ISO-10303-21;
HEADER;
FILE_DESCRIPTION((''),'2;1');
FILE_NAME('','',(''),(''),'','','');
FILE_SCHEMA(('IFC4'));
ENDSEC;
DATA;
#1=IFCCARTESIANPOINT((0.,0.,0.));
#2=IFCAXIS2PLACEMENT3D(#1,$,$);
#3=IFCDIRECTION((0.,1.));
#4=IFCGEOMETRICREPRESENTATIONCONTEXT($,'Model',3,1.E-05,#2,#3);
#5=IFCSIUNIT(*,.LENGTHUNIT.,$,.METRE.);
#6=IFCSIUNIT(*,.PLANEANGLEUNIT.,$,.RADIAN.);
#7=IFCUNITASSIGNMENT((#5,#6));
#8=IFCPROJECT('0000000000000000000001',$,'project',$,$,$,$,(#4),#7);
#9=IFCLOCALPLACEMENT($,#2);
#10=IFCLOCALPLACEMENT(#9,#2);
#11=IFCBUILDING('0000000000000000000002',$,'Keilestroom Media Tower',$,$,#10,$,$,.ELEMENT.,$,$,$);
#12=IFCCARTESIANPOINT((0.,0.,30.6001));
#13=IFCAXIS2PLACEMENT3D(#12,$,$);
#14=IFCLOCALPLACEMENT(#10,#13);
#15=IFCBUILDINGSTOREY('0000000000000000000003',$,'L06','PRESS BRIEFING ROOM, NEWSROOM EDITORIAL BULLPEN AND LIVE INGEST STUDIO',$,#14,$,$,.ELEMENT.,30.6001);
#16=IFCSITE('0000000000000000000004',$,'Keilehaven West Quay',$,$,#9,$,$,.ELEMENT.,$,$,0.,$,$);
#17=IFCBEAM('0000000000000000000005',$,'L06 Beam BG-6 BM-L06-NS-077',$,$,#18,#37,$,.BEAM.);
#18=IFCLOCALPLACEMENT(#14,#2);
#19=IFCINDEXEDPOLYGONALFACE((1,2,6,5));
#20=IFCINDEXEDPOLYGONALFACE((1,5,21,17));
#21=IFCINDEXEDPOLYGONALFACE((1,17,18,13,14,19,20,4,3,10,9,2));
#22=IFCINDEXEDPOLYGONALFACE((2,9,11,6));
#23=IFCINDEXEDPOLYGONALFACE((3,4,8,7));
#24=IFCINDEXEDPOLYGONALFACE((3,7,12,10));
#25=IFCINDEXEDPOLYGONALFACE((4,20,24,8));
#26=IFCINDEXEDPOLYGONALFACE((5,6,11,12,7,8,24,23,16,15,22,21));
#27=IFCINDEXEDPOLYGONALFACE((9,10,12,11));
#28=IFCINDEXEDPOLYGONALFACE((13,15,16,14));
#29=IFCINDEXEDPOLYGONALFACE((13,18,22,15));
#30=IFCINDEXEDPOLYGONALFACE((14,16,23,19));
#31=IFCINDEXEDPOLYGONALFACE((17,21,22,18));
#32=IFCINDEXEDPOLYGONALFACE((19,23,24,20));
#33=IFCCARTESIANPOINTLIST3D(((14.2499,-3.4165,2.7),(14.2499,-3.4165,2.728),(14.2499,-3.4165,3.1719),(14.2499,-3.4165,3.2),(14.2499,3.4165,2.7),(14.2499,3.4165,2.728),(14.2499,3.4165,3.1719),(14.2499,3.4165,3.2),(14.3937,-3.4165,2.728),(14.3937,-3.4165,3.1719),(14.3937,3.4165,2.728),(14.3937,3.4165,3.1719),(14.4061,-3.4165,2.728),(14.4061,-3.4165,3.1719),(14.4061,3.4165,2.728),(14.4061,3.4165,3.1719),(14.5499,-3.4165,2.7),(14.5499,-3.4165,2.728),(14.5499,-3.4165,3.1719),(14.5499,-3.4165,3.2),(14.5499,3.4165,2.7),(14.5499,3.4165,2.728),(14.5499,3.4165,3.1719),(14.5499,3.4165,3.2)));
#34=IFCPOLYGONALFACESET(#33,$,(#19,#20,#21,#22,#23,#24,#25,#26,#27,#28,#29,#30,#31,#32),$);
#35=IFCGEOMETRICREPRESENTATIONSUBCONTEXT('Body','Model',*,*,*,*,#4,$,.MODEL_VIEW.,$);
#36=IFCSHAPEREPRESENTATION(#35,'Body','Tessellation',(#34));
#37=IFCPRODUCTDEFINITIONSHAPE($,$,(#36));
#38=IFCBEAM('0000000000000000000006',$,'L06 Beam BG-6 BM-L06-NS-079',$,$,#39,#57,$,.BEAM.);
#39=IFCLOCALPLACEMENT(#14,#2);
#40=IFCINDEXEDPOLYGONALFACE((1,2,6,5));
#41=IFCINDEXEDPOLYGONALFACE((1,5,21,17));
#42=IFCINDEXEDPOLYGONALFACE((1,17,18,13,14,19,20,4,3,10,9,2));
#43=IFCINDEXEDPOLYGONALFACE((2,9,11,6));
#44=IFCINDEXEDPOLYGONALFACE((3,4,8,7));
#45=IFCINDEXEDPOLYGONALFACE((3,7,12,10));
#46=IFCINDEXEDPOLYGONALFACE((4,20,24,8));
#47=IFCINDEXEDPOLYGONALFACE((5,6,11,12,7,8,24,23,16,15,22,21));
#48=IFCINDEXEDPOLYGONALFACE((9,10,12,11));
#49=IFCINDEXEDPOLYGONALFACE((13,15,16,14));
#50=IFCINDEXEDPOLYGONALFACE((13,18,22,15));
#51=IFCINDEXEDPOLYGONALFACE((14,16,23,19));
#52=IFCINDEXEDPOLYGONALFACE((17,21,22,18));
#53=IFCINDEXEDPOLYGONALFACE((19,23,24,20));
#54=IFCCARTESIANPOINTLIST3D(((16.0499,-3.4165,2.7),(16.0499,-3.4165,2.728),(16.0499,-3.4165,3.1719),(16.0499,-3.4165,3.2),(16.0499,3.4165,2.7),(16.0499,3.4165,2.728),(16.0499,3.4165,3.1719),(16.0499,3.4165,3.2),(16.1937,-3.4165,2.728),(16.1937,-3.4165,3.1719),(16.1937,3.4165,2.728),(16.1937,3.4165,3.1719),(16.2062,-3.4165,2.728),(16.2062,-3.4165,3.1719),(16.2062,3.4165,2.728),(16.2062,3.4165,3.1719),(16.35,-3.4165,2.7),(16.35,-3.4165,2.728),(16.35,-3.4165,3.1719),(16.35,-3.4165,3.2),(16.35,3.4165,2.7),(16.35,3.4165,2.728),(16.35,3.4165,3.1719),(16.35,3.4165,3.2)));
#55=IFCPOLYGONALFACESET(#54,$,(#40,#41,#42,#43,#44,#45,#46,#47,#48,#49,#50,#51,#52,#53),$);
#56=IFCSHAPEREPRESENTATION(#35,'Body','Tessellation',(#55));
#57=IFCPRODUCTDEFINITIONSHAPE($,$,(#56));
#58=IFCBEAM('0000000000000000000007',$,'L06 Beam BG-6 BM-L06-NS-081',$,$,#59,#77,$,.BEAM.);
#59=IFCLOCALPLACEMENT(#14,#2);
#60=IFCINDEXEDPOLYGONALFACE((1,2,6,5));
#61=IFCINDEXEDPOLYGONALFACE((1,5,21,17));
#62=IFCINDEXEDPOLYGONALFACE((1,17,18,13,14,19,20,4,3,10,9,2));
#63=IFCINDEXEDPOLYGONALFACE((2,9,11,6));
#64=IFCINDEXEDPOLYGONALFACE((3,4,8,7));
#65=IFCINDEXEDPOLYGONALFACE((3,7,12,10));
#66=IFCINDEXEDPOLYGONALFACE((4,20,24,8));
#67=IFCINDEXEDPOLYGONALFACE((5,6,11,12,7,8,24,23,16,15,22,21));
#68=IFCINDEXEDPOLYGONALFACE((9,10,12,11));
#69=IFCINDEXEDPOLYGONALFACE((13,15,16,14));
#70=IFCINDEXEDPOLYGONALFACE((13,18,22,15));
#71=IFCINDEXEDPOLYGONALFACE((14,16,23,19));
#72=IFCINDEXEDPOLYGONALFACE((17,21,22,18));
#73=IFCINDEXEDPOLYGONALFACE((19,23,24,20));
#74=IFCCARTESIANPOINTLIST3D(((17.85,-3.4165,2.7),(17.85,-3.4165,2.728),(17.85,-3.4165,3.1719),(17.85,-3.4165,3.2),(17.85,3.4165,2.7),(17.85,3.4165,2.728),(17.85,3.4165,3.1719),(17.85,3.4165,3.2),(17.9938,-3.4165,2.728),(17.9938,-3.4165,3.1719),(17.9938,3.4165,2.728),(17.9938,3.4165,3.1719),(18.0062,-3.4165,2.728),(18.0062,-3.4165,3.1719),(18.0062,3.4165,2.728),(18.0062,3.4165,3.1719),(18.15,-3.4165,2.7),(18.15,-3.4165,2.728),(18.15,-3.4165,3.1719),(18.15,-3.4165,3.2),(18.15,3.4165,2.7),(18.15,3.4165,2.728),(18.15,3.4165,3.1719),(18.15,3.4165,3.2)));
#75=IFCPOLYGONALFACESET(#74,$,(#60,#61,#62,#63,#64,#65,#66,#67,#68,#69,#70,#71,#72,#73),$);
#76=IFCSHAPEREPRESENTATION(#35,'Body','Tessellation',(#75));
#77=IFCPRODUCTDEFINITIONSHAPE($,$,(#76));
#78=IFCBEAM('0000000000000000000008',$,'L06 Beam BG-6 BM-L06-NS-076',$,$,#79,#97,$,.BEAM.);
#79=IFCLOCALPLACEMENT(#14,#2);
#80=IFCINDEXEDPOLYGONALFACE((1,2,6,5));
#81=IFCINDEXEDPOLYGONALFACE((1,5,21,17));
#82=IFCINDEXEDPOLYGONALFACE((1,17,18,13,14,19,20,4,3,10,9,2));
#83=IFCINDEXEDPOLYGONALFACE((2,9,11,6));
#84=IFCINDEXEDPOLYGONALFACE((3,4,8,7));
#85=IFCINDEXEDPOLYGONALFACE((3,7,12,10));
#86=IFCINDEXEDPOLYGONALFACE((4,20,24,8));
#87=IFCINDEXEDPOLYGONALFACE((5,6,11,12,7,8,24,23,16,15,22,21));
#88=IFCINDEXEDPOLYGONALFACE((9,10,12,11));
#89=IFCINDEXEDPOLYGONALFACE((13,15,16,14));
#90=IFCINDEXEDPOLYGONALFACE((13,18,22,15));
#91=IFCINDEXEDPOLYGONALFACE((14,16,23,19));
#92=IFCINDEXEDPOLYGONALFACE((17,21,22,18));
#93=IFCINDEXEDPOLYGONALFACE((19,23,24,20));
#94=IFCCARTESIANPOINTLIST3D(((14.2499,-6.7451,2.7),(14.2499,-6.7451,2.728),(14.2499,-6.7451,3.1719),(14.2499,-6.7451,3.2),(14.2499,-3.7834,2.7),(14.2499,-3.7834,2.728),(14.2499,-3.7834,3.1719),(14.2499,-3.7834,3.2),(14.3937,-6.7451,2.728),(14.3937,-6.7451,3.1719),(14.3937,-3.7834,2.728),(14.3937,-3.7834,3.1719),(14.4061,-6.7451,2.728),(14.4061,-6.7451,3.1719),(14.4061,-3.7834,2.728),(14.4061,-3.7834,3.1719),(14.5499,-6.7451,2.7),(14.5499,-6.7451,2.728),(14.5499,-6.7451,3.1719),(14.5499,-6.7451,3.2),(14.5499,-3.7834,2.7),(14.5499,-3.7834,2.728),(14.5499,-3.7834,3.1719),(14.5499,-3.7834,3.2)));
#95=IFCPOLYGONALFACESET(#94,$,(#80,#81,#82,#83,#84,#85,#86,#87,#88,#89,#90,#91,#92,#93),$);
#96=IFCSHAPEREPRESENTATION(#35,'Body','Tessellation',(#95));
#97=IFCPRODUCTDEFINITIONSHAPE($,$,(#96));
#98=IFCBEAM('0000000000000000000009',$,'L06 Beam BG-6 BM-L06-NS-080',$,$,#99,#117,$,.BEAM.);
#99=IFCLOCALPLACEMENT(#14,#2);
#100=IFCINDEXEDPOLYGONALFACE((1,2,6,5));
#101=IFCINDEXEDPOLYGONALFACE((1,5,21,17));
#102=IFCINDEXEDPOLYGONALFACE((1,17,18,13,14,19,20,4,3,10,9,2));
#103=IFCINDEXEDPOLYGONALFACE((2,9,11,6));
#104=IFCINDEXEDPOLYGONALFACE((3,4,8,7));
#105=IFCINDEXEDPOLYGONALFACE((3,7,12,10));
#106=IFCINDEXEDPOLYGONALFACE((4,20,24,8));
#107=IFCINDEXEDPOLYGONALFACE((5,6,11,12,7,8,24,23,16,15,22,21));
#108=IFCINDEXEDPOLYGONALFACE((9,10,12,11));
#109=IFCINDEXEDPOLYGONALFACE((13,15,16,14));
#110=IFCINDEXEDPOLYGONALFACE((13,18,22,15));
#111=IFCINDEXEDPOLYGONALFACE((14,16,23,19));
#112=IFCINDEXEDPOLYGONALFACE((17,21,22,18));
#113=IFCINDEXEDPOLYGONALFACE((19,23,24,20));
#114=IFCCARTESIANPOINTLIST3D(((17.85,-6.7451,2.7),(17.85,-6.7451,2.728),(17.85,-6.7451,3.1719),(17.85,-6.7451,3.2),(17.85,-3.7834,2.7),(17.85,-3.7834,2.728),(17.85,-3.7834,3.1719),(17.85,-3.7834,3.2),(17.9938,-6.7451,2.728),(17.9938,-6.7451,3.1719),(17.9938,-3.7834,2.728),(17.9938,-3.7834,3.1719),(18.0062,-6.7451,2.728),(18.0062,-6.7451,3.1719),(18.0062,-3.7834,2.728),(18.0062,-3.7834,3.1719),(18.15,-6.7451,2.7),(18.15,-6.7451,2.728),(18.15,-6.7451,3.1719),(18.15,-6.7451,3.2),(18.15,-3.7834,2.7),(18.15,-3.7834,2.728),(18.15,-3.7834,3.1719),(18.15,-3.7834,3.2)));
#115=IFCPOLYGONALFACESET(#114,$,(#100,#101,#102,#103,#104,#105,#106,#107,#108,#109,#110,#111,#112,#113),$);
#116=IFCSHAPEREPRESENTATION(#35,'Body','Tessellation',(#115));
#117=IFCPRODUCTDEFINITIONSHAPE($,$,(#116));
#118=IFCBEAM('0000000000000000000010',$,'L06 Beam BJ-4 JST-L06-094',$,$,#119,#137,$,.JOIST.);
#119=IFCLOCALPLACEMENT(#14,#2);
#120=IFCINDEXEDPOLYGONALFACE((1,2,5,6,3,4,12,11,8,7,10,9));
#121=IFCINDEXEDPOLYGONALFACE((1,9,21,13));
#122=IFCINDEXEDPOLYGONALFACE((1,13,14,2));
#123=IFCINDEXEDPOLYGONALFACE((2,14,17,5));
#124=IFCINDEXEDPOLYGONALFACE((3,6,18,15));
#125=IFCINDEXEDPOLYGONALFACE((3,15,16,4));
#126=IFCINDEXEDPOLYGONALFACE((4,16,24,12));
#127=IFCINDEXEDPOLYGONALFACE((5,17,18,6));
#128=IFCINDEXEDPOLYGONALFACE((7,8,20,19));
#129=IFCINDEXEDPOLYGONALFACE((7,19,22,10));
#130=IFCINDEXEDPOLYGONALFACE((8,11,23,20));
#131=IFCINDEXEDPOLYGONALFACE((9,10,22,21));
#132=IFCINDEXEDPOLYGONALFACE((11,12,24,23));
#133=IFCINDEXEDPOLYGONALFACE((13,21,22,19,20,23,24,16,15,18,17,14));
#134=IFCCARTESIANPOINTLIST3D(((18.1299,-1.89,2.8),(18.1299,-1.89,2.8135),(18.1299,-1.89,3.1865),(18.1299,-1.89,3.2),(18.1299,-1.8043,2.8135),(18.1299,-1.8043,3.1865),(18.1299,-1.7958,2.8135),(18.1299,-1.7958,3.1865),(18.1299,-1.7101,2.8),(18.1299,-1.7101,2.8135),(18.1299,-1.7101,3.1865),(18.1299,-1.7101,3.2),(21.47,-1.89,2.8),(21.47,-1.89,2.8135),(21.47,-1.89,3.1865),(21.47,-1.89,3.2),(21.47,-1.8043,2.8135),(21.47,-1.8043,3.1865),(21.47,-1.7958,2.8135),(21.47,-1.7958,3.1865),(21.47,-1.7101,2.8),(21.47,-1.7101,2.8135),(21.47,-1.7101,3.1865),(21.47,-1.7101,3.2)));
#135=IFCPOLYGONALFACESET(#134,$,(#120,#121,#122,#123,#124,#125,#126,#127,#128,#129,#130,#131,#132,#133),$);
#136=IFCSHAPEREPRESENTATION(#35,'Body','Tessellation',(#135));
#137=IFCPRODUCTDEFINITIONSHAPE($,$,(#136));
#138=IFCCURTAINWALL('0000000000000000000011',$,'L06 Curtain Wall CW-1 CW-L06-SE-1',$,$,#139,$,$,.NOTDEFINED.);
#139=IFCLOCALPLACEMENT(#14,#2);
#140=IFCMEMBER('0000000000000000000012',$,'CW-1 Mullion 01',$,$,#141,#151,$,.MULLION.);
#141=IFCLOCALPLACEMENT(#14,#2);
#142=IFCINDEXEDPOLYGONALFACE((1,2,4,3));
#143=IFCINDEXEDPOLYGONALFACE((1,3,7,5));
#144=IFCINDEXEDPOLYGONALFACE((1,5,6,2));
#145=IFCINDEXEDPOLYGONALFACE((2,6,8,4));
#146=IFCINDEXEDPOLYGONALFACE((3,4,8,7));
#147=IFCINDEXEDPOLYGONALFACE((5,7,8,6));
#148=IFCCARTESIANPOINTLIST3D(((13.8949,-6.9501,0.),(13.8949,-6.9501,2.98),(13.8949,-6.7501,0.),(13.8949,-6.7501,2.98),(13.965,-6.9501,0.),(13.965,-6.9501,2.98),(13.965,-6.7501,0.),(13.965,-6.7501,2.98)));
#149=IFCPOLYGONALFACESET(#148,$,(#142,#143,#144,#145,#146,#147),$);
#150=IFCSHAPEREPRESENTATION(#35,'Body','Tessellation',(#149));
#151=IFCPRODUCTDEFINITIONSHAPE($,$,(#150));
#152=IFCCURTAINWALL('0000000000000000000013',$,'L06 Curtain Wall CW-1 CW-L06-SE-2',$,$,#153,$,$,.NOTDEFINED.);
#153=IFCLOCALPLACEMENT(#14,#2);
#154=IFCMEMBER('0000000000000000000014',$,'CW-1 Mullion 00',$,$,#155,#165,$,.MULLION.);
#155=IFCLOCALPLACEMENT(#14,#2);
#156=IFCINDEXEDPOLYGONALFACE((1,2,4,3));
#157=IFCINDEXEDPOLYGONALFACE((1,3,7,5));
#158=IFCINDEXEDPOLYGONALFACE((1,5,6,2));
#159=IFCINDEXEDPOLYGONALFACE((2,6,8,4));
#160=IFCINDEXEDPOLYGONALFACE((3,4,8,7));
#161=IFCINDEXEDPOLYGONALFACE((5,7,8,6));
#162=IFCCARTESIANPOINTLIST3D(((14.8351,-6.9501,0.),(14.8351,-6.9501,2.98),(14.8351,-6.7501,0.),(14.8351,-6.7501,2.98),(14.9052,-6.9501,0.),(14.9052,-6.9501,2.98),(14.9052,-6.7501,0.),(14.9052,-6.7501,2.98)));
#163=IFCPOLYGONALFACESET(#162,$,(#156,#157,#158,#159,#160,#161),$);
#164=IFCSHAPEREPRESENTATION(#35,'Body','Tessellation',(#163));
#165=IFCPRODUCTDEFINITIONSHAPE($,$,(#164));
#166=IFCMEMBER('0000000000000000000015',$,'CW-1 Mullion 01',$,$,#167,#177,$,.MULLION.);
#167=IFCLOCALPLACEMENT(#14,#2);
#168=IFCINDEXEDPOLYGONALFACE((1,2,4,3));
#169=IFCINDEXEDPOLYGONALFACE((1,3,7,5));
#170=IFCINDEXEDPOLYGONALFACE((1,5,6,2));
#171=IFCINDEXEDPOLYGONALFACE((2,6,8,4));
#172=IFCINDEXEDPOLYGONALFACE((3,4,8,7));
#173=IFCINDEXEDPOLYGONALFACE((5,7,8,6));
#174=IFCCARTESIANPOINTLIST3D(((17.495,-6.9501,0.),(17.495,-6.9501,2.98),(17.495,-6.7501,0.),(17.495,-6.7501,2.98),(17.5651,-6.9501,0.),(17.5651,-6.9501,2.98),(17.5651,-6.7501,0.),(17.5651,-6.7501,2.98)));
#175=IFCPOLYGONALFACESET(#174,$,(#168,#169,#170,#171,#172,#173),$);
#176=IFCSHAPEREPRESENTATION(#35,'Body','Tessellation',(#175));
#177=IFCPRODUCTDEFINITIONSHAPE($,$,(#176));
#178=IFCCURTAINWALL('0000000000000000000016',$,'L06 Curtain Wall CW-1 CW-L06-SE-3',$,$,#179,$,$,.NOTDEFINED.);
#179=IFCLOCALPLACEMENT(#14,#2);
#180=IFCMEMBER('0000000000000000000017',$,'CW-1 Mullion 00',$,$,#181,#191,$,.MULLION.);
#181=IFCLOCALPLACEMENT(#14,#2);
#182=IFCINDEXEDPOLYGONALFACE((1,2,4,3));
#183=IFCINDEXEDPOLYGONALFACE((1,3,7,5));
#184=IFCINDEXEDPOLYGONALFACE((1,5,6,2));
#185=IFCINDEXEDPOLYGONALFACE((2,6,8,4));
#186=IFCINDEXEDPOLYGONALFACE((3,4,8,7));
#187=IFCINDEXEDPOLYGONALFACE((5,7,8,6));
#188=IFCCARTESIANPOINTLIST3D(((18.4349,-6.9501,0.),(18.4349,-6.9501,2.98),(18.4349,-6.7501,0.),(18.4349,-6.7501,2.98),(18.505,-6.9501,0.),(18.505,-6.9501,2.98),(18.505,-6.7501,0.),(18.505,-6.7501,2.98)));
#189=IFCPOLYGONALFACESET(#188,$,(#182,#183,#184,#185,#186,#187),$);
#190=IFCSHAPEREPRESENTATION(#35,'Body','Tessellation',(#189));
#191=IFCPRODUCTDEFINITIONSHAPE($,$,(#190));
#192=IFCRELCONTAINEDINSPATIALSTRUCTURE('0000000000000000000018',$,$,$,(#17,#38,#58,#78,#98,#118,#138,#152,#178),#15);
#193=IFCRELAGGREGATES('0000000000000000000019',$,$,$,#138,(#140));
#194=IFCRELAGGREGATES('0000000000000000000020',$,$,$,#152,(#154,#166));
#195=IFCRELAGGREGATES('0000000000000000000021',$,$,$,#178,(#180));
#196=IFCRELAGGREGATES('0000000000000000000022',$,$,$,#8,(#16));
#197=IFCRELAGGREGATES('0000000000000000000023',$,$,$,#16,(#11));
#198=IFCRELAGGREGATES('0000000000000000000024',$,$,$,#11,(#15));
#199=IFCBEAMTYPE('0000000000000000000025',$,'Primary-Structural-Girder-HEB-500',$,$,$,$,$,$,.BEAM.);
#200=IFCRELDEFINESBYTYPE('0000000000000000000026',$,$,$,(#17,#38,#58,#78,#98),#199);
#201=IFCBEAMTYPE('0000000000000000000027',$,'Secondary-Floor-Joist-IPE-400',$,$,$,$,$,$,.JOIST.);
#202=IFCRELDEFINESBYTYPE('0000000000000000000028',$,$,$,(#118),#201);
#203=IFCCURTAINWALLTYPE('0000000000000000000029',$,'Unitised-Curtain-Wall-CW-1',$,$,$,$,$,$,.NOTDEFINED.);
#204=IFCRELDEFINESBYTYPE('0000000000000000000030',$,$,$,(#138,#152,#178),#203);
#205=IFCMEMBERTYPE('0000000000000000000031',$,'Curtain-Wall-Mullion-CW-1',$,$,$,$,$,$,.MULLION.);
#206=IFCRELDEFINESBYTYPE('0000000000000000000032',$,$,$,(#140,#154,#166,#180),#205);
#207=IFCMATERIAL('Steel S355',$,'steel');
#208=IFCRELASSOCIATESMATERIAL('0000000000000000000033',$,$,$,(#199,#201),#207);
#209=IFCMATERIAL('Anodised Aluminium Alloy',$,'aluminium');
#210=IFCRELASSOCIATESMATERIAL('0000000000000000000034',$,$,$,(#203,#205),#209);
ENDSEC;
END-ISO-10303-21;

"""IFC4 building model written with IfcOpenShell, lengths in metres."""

from ifc_helpers import new_model, si_unit, direction, frame, origin, origin_2d, place, context, subcontext, project, spatial, rectangle, i_section, extrude, source, transform, mapped, material, material_profile, profile_set, type_object, element, aggregate, save


model = new_model("IFC4")

# Units and contexts
model_context = context("Model", 3, precision=1e-05, world=origin(), true_north=direction((0.0, 1.0)))
body_context = subcontext(model_context, "Body", "Model", "MODEL_VIEW")
ifc_project = project(units=[si_unit("LENGTHUNIT", "METRE"), si_unit("PLANEANGLEUNIT", "RADIAN")], contexts=[model_context])

# Site, building, storey
site_placement = place(None, origin())
site = spatial("IfcSite", under=ifc_project, at=site_placement, Name="Keilehaven West Quay", CompositionType="ELEMENT", RefElevation=0.0)
building_placement = place(site_placement, origin())
building = spatial("IfcBuilding", under=site, at=building_placement, Name="Keilestroom Media Tower", CompositionType="ELEMENT")
storey_placement = place(building_placement, frame((0.0, 0.0, 30.6001)))
storey = spatial("IfcBuildingStorey", under=building, at=storey_placement, Name="L06", Description="PRESS BRIEFING ROOM, NEWSROOM EDITORIAL BULLPEN AND LIVE INGEST STUDIO", CompositionType="ELEMENT", Elevation=30.6001)

# Beams
ifc_material_1 = material(Name="Steel S355", Category="steel")
ifc_material_profile_1 = material_profile(ifc_material_1, i_section(OverallWidth=0.3, OverallDepth=0.5, WebThickness=0.0125, FlangeThickness=0.0281, at=origin_2d()), Name="HEB 500")
ifc_profile_set_1 = profile_set([ifc_material_profile_1], Name="Steel S355")
beam_type_1 = type_object("IfcBeamType", Name="Primary-Structural-Girder-HEB-500", PredefinedType="BEAM", material=ifc_profile_set_1)
shared_shape_1 = source(origin(), body_context, "Body", "SweptSolid", [
    extrude(i_section(OverallWidth=0.3, OverallDepth=0.5, WebThickness=0.0125, FlangeThickness=0.0281, at=origin_2d()), origin(), (0.0, 0.0, 1.0), 6.833),
])
for number, where, z_axis, x_axis, name in (
    (1, (14.3999, -3.4165, 2.95), (0.0, 1.0, 0.0), (-1.0, 0.0, 0.0), "L06 Beam BG-6 BM-L06-NS-077"),
    (2, (16.2, -3.4165, 2.95), (0.0, 1.0, 0.0), (-1.0, 0.0, 0.0), "L06 Beam BG-6 BM-L06-NS-079"),
    (3, (18.0, -3.4165, 2.95), (0.0, 1.0, 0.0), (-1.0, 0.0, 0.0), "L06 Beam BG-6 BM-L06-NS-081"),
):
    element("IfcBeam", number, at=place(storey_placement, frame(where, z_axis=z_axis, x_axis=x_axis)), inside=storey, type_object=beam_type_1, Name=name, PredefinedType="BEAM", context=body_context, shape_type="MappedRepresentation", body=[
        mapped(shared_shape_1, transform((0.0, 0.0, 0.0), x_axis=(1.0, 0.0, 0.0), y_axis=(0.0, 1.0, 0.0), z_axis=(0.0, 0.0, 1.0), scale=1.0)),
    ])
shared_shape_2 = source(origin(), body_context, "Body", "SweptSolid", [
    extrude(i_section(OverallWidth=0.3, OverallDepth=0.5, WebThickness=0.0125, FlangeThickness=0.0281, at=origin_2d()), origin(), (0.0, 0.0, 1.0), 2.9617),
])
for number, where, z_axis, x_axis, name in (
    (4, (14.3999, -6.7451, 2.95), (0.0, 1.0, 0.0), (-1.0, 0.0, 0.0), "L06 Beam BG-6 BM-L06-NS-076"),
    (5, (18.0, -6.7451, 2.95), (0.0, 1.0, 0.0), (-1.0, 0.0, 0.0), "L06 Beam BG-6 BM-L06-NS-080"),
):
    element("IfcBeam", number, at=place(storey_placement, frame(where, z_axis=z_axis, x_axis=x_axis)), inside=storey, type_object=beam_type_1, Name=name, PredefinedType="BEAM", context=body_context, shape_type="MappedRepresentation", body=[
        mapped(shared_shape_2, transform((0.0, 0.0, 0.0), x_axis=(1.0, 0.0, 0.0), y_axis=(0.0, 1.0, 0.0), z_axis=(0.0, 0.0, 1.0), scale=1.0)),
    ])
ifc_material_profile_2 = material_profile(ifc_material_1, i_section(OverallWidth=0.1799, OverallDepth=0.3999, WebThickness=0.0085, FlangeThickness=0.0134, at=origin_2d()), Name="IPE 400")
ifc_profile_set_2 = profile_set([ifc_material_profile_2], Name="Steel S355")
beam_type_2 = type_object("IfcBeamType", Name="Secondary-Floor-Joist-IPE-400", PredefinedType="JOIST", material=ifc_profile_set_2)
shared_shape_3 = source(origin(), body_context, "Body", "SweptSolid", [
    extrude(i_section(OverallWidth=0.1799, OverallDepth=0.3999, WebThickness=0.0085, FlangeThickness=0.0134, at=origin_2d()), origin(), (0.0, 0.0, 1.0), 3.3401),
])
beam_1_placement = place(storey_placement, frame((18.1299, -1.8, 3.0), z_axis=(1.0, 0.0, 0.0), x_axis=(0.0, 1.0, 0.0)))
element("IfcBeam", 6, at=beam_1_placement, inside=storey, type_object=beam_type_2, Name="L06 Beam BJ-4 JST-L06-094", PredefinedType="JOIST", context=body_context, shape_type="MappedRepresentation", body=[
    mapped(shared_shape_3, transform((0.0, 0.0, 0.0), x_axis=(1.0, 0.0, 0.0), y_axis=(0.0, 1.0, 0.0), z_axis=(0.0, 0.0, 1.0), scale=1.0)),
])

# Curtain wall, member
ifc_material_2 = material(Name="Anodised Aluminium Alloy", Category="aluminium")
curtain_wall_type = type_object("IfcCurtainWallType", Name="Unitised-Curtain-Wall-CW-1", PredefinedType="NOTDEFINED", material=ifc_material_2)
curtain_wall_1_placement = place(storey_placement, origin())
curtain_wall_1 = element("IfcCurtainWall", 7, at=curtain_wall_1_placement, inside=storey, type_object=curtain_wall_type, Name="L06 Curtain Wall CW-1 CW-L06-SE-1", PredefinedType="NOTDEFINED")
ifc_material_profile_3 = material_profile(ifc_material_2, rectangle(XDim=0.0701, YDim=0.2, at=origin_2d()), Name="ALU MULLION 70x200")
ifc_profile_set_3 = profile_set([ifc_material_profile_3], Name="Anodised Aluminium Alloy")
member_type_1 = type_object("IfcMemberType", Name="Curtain-Wall-Mullion-CW-1", PredefinedType="MULLION", material=ifc_profile_set_3)
shared_shape_4 = source(origin(), body_context, "Body", "SweptSolid", [
    extrude(rectangle(XDim=0.0701, YDim=0.2, at=origin_2d()), origin(), (0.0, 0.0, 1.0), 2.98),
])
member_1_placement = place(storey_placement, frame((13.9299, -6.8501, 0.0), z_axis=(0.0, 0.0, 1.0), x_axis=(1.0, 0.0, 0.0)))
member_1 = element("IfcMember", 8, at=member_1_placement, type_object=member_type_1, Name="CW-1 Mullion 01", PredefinedType="MULLION", context=body_context, shape_type="MappedRepresentation", body=[
    mapped(shared_shape_4, transform((0.0, 0.0, 0.0), x_axis=(1.0, 0.0, 0.0), y_axis=(0.0, 1.0, 0.0), z_axis=(0.0, 0.0, 1.0), scale=1.0)),
])
aggregate(curtain_wall_1, [member_1])

# Curtain walls, members
curtain_wall_2_placement = place(storey_placement, origin())
curtain_wall_2 = element("IfcCurtainWall", 9, at=curtain_wall_2_placement, inside=storey, type_object=curtain_wall_type, Name="L06 Curtain Wall CW-1 CW-L06-SE-2", PredefinedType="NOTDEFINED")
member_2_placement = place(storey_placement, frame((14.8701, -6.8501, 0.0), z_axis=(0.0, 0.0, 1.0), x_axis=(1.0, 0.0, 0.0)))
member_2 = element("IfcMember", 10, at=member_2_placement, type_object=member_type_1, Name="CW-1 Mullion 00", PredefinedType="MULLION", context=body_context, shape_type="MappedRepresentation", body=[
    mapped(shared_shape_4, transform((0.0, 0.0, 0.0), x_axis=(1.0, 0.0, 0.0), y_axis=(0.0, 1.0, 0.0), z_axis=(0.0, 0.0, 1.0), scale=1.0)),
])
member_3_placement = place(storey_placement, frame((17.53, -6.8501, 0.0), z_axis=(0.0, 0.0, 1.0), x_axis=(1.0, 0.0, 0.0)))
member_3 = element("IfcMember", 11, at=member_3_placement, type_object=member_type_1, Name="CW-1 Mullion 01", PredefinedType="MULLION", context=body_context, shape_type="MappedRepresentation", body=[
    mapped(shared_shape_4, transform((0.0, 0.0, 0.0), x_axis=(1.0, 0.0, 0.0), y_axis=(0.0, 1.0, 0.0), z_axis=(0.0, 0.0, 1.0), scale=1.0)),
])
curtain_wall_3_placement = place(storey_placement, origin())
curtain_wall_3 = element("IfcCurtainWall", 12, at=curtain_wall_3_placement, inside=storey, type_object=curtain_wall_type, Name="L06 Curtain Wall CW-1 CW-L06-SE-3", PredefinedType="NOTDEFINED")
member_4_placement = place(storey_placement, frame((18.47, -6.8501, 0.0), z_axis=(0.0, 0.0, 1.0), x_axis=(1.0, 0.0, 0.0)))
member_4 = element("IfcMember", 13, at=member_4_placement, type_object=member_type_1, Name="CW-1 Mullion 00", PredefinedType="MULLION", context=body_context, shape_type="MappedRepresentation", body=[
    mapped(shared_shape_4, transform((0.0, 0.0, 0.0), x_axis=(1.0, 0.0, 0.0), y_axis=(0.0, 1.0, 0.0), z_axis=(0.0, 0.0, 1.0), scale=1.0)),
])

aggregate(curtain_wall_2, [member_2, member_3])
aggregate(curtain_wall_3, [member_4])

save(model, "model.ifc")
